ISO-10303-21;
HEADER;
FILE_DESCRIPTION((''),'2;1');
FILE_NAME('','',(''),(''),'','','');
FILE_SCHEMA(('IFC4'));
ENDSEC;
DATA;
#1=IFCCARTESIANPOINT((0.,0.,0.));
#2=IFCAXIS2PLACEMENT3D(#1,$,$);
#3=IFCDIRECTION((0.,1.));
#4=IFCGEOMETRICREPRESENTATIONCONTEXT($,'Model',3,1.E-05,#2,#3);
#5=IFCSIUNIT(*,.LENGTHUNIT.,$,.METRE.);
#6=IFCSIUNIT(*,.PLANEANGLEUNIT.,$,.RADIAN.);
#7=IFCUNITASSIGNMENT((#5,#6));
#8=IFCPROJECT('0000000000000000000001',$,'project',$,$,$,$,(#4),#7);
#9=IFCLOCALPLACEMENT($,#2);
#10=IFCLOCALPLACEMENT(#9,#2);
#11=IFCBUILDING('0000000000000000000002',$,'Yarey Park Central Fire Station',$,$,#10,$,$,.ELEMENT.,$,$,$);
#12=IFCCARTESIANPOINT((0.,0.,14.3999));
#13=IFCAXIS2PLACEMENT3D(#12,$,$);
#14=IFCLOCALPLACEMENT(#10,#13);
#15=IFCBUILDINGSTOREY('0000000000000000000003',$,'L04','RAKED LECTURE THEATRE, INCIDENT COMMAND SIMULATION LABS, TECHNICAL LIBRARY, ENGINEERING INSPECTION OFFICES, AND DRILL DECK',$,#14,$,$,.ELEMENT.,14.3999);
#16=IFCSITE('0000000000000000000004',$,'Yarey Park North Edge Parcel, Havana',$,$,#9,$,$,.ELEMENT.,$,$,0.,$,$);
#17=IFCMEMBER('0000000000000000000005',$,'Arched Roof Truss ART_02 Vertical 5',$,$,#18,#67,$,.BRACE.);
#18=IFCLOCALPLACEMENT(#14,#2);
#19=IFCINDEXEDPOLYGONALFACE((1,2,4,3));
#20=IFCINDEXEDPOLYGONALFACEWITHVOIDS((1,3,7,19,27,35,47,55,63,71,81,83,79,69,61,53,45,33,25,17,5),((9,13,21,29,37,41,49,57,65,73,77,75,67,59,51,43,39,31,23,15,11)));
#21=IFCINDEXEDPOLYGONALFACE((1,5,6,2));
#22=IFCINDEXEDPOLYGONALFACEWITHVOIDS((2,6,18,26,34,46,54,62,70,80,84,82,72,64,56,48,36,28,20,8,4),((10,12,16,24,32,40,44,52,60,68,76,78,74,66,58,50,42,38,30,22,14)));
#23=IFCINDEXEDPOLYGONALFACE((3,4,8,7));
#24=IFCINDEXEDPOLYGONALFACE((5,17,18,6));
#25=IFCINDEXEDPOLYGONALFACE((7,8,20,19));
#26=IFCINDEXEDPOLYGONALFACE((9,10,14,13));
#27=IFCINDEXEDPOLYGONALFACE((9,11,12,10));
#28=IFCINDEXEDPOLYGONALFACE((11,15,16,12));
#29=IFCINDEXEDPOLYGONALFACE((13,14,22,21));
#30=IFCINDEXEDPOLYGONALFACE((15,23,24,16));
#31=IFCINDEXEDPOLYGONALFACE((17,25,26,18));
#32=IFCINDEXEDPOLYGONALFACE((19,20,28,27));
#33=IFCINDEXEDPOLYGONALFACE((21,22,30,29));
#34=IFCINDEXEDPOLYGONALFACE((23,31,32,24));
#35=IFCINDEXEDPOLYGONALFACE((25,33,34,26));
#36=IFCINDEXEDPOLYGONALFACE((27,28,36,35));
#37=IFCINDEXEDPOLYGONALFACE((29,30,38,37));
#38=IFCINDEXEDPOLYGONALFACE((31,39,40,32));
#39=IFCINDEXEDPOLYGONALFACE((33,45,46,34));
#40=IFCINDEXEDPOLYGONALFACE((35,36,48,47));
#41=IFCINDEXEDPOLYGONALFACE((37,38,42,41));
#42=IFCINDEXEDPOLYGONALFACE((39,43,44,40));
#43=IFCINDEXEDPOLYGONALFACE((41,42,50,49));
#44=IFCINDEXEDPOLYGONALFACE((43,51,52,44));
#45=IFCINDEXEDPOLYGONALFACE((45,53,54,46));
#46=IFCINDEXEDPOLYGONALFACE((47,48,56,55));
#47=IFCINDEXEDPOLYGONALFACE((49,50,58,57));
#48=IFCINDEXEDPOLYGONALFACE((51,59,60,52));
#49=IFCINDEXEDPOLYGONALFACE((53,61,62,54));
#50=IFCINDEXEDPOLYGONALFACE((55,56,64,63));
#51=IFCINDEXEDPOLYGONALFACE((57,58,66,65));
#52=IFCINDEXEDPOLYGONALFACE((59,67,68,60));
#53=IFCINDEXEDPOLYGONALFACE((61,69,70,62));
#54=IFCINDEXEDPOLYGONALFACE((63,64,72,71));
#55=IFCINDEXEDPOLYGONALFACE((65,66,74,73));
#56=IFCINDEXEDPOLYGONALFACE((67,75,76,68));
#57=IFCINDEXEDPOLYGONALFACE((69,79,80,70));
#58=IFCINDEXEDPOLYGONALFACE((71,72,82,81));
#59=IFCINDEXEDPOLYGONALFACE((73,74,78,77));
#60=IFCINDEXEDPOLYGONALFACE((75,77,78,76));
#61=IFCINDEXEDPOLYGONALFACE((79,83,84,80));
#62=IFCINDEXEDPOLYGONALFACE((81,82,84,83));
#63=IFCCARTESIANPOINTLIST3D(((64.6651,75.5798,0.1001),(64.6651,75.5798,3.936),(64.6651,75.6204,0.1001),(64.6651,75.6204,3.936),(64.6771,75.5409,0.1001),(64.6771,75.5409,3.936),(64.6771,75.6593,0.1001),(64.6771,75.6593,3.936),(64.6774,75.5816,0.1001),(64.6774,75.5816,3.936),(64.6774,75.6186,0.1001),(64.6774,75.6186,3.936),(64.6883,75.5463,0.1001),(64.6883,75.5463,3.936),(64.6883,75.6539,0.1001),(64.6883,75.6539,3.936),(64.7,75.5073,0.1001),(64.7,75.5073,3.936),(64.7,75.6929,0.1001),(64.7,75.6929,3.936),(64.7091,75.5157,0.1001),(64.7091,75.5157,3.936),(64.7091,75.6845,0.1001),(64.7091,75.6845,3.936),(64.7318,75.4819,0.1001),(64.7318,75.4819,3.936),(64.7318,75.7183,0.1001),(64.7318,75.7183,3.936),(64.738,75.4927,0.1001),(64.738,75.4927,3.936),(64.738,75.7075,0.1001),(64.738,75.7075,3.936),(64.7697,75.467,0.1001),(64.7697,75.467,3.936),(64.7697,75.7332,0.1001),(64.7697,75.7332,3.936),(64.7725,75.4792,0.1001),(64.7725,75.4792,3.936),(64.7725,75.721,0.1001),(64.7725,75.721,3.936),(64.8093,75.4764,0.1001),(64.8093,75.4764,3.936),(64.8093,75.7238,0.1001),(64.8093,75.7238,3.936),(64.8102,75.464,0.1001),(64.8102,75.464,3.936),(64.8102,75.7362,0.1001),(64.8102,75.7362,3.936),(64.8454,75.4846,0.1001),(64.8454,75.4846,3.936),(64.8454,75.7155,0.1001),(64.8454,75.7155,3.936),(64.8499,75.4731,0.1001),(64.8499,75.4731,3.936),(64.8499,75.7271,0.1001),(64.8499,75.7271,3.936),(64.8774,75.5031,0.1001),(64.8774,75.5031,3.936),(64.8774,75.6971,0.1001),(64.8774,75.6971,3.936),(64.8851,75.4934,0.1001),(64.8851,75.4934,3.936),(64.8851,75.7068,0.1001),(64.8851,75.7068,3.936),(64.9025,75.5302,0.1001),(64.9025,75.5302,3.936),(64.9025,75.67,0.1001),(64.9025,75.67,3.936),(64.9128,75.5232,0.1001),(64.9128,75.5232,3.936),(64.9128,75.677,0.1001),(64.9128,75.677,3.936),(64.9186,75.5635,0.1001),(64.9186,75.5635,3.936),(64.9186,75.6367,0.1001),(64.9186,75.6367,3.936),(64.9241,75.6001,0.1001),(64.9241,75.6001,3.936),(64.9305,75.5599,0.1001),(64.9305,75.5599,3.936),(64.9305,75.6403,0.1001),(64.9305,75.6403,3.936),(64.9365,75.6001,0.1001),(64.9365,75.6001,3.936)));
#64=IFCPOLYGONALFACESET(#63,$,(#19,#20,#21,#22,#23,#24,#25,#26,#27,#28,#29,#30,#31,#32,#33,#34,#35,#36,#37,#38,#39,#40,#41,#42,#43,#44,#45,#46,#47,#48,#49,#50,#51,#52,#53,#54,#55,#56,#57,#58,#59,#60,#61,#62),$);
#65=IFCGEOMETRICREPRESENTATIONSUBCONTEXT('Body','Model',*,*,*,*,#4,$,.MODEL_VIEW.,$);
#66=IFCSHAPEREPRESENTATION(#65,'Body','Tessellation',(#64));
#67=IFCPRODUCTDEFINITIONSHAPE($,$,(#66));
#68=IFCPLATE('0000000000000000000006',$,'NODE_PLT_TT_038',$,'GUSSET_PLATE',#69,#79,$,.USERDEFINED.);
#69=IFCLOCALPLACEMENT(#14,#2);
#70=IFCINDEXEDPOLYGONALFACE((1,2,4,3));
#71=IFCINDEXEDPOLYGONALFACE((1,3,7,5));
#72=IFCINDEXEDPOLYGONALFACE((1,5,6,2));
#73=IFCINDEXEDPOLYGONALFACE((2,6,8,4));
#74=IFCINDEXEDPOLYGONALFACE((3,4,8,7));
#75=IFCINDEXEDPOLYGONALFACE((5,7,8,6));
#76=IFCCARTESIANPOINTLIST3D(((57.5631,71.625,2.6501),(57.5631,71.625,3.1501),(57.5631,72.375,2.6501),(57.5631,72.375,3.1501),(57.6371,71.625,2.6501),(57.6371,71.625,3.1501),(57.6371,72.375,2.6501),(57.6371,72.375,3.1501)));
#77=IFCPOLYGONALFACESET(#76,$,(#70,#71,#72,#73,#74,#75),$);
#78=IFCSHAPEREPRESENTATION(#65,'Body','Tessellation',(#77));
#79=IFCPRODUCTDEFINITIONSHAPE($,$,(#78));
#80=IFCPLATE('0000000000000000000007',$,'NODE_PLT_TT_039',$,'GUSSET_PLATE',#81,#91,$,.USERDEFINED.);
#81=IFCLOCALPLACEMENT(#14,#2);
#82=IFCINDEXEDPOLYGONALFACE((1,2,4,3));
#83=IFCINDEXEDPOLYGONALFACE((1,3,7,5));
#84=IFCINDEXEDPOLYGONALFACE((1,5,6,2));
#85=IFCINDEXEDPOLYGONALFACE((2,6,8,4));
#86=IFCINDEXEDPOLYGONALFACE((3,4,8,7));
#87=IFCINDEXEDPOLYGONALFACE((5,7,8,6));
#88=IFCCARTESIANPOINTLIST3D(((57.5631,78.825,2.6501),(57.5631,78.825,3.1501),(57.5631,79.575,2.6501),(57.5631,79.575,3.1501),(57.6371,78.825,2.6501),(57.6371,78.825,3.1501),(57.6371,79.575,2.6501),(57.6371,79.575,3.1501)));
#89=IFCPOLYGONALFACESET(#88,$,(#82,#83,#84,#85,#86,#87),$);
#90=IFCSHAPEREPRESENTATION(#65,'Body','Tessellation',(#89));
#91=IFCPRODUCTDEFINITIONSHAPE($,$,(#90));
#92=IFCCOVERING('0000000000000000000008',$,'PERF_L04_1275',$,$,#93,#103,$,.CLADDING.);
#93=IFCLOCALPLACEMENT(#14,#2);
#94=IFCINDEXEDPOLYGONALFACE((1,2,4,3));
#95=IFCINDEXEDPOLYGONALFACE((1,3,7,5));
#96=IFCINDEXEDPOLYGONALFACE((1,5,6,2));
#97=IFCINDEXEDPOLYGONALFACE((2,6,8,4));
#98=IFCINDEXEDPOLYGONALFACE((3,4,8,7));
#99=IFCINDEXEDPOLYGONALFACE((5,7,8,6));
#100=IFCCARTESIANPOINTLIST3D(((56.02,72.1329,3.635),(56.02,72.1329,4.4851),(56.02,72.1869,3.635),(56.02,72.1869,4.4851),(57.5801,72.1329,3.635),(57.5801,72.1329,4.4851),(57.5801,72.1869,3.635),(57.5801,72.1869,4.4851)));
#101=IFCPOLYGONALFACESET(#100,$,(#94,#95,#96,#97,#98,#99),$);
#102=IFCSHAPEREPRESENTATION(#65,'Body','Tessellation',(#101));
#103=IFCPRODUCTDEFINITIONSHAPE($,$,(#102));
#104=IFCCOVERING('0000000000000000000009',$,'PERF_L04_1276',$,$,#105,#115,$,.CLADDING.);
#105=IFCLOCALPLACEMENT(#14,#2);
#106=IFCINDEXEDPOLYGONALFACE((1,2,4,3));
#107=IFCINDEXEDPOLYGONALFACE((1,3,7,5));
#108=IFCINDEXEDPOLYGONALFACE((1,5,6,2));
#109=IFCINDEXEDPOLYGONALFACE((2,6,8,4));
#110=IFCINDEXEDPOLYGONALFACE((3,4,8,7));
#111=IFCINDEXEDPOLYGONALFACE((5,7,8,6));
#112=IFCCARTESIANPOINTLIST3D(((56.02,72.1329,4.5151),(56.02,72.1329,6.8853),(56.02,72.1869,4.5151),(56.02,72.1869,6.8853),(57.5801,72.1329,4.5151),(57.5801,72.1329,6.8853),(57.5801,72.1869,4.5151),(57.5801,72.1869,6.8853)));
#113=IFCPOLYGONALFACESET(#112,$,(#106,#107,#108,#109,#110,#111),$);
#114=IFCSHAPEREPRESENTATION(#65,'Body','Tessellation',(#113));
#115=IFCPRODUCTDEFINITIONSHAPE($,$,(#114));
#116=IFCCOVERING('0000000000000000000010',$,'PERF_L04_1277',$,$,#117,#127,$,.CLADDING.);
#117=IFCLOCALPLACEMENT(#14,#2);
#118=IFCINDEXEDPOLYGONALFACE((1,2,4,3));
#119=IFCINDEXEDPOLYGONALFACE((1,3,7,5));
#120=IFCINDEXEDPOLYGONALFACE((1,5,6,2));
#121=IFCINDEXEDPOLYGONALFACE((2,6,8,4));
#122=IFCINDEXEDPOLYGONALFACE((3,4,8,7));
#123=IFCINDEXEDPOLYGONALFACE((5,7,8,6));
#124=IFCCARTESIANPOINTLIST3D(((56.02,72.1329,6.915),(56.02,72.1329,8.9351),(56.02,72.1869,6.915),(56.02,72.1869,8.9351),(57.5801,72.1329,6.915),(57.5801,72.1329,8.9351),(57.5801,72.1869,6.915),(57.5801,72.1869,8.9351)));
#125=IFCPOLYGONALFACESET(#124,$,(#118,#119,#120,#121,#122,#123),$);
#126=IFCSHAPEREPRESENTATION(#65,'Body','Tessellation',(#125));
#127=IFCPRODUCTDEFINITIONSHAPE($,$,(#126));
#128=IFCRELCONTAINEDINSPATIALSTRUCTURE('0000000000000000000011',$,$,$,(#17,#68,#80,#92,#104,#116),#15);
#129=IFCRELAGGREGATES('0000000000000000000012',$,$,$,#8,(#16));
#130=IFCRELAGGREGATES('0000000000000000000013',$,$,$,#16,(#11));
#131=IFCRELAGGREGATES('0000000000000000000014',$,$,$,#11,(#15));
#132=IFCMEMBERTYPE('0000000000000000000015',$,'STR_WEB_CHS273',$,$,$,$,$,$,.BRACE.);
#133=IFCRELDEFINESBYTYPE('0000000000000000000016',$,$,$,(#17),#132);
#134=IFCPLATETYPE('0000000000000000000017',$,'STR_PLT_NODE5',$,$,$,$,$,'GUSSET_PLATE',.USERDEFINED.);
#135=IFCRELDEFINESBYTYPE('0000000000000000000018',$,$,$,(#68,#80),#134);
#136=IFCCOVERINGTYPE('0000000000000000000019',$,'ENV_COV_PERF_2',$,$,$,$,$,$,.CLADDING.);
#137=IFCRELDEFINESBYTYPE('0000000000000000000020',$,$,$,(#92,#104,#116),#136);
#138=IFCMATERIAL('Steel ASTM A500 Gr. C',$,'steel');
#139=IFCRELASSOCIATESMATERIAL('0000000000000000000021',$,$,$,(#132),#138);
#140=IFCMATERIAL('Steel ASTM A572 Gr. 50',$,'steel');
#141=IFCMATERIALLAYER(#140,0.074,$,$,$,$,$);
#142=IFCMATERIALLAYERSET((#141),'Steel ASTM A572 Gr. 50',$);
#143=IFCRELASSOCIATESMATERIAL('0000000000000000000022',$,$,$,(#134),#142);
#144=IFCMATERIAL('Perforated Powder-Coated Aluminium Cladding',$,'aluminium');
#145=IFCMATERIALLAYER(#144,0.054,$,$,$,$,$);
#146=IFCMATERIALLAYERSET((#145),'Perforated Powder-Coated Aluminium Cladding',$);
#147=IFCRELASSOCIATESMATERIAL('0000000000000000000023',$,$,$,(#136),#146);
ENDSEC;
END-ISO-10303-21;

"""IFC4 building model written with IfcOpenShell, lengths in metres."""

from ifc_helpers import new_model, si_unit, direction, frame, origin, origin_2d, place, context, subcontext, project, spatial, rectangle, hollow_circle, extrude, material, layer, layer_set, material_profile, profile_set, type_object, element, save


model = new_model("IFC4")

# Units and contexts
model_context = context("Model", 3, precision=1e-05, world=origin(), true_north=direction((0.0, 1.0)))
body_context = subcontext(model_context, "Body", "Model", "MODEL_VIEW")
ifc_project = project(units=[si_unit("LENGTHUNIT", "METRE"), si_unit("PLANEANGLEUNIT", "RADIAN")], contexts=[model_context])

# Site, building, storey
site_placement = place(None, origin())
site = spatial("IfcSite", under=ifc_project, at=site_placement, Name="Yarey Park North Edge Parcel, Havana", CompositionType="ELEMENT", RefElevation=0.0)
building_placement = place(site_placement, origin())
building = spatial("IfcBuilding", under=site, at=building_placement, Name="Yarey Park Central Fire Station", CompositionType="ELEMENT")
storey_placement = place(building_placement, frame((0.0, 0.0, 14.3999)))
storey = spatial("IfcBuildingStorey", under=building, at=storey_placement, Name="L04", Description="RAKED LECTURE THEATRE, INCIDENT COMMAND SIMULATION LABS, TECHNICAL LIBRARY, ENGINEERING INSPECTION OFFICES, AND DRILL DECK", CompositionType="ELEMENT", Elevation=14.3999)

# Member
ifc_material_1 = material(Name="Steel ASTM A500 Gr. C", Category="steel")
ifc_material_profile_1 = material_profile(ifc_material_1, hollow_circle(Radius=0.1365, WallThickness=0.0125, at=origin_2d()), Name="CHS 273x12.5")
ifc_profile_set_1 = profile_set([ifc_material_profile_1], Name="Steel ASTM A500 Gr. C")
member_type_1 = type_object("IfcMemberType", Name="STR_WEB_CHS273", PredefinedType="BRACE", material=ifc_profile_set_1)
member_1_placement = place(storey_placement, frame((64.8, 75.6001, 0.1001), z_axis=(0.0, 0.0, 1.0), x_axis=(1.0, 0.0, 0.0)))
element("IfcMember", 1, at=member_1_placement, inside=storey, type_object=member_type_1, Name="Arched Roof Truss ART_02 Vertical 5", PredefinedType="BRACE", context=body_context, shape_type="SweptSolid", body=[
    extrude(hollow_circle(Radius=0.1365, WallThickness=0.0125, at=origin_2d()), origin(), (0.0, 0.0, 1.0), 3.8359),
])

# Plates
ifc_material_2 = material(Name="Steel ASTM A572 Gr. 50", Category="steel")
ifc_layer_1 = layer(ifc_material_2, 0.074)
ifc_layer_set_1 = layer_set([ifc_layer_1], Name="Steel ASTM A572 Gr. 50")
plate_type = type_object("IfcPlateType", Name="STR_PLT_NODE5", ElementType="GUSSET_PLATE", PredefinedType="USERDEFINED", material=ifc_layer_set_1)
for number, where, z_axis, x_axis, name in (
    (2, (57.6001, 72.0, 2.6501), (0.0, 0.0, 1.0), (1.0, 0.0, 0.0), "NODE_PLT_TT_038"),
    (3, (57.6001, 79.2, 2.6501), (0.0, 0.0, 1.0), (1.0, 0.0, 0.0), "NODE_PLT_TT_039"),
):
    element("IfcPlate", number, at=place(storey_placement, frame(where, z_axis=z_axis, x_axis=x_axis)), inside=storey, type_object=plate_type, Name=name, ObjectType="GUSSET_PLATE", PredefinedType="USERDEFINED", context=body_context, shape_type="SweptSolid", body=[
        extrude(rectangle(XDim=0.074, YDim=0.75, at=origin_2d()), origin(), (0.0, 0.0, 1.0), 0.5),
    ])

# Coverings
ifc_material_3 = material(Name="Perforated Powder-Coated Aluminium Cladding", Category="aluminium")
ifc_layer_2 = layer(ifc_material_3, 0.054)
ifc_layer_set_2 = layer_set([ifc_layer_2], Name="Perforated Powder-Coated Aluminium Cladding")
covering_type = type_object("IfcCoveringType", Name="ENV_COV_PERF_2", PredefinedType="CLADDING", material=ifc_layer_set_2)
covering_1_placement = place(storey_placement, frame((56.8, 72.1599, 3.635), z_axis=(0.0, 0.0, 1.0), x_axis=(1.0, 0.0, 0.0)))
element("IfcCovering", 4, at=covering_1_placement, inside=storey, type_object=covering_type, Name="PERF_L04_1275", PredefinedType="CLADDING", context=body_context, shape_type="SweptSolid", body=[
    extrude(rectangle(XDim=1.5601, YDim=0.054, at=origin_2d()), origin(), (0.0, 0.0, 1.0), 0.8501),
])
covering_2_placement = place(storey_placement, frame((56.8, 72.1599, 4.5151), z_axis=(0.0, 0.0, 1.0), x_axis=(1.0, 0.0, 0.0)))
element("IfcCovering", 5, at=covering_2_placement, inside=storey, type_object=covering_type, Name="PERF_L04_1276", PredefinedType="CLADDING", context=body_context, shape_type="SweptSolid", body=[
    extrude(rectangle(XDim=1.5601, YDim=0.054, at=origin_2d()), origin(), (0.0, 0.0, 1.0), 2.3701),
])
covering_3_placement = place(storey_placement, frame((56.8, 72.1599, 6.915), z_axis=(0.0, 0.0, 1.0), x_axis=(1.0, 0.0, 0.0)))
element("IfcCovering", 6, at=covering_3_placement, inside=storey, type_object=covering_type, Name="PERF_L04_1277", PredefinedType="CLADDING", context=body_context, shape_type="SweptSolid", body=[
    extrude(rectangle(XDim=1.5601, YDim=0.054, at=origin_2d()), origin(), (0.0, 0.0, 1.0), 2.02),
])

save(model, "model.ifc")
